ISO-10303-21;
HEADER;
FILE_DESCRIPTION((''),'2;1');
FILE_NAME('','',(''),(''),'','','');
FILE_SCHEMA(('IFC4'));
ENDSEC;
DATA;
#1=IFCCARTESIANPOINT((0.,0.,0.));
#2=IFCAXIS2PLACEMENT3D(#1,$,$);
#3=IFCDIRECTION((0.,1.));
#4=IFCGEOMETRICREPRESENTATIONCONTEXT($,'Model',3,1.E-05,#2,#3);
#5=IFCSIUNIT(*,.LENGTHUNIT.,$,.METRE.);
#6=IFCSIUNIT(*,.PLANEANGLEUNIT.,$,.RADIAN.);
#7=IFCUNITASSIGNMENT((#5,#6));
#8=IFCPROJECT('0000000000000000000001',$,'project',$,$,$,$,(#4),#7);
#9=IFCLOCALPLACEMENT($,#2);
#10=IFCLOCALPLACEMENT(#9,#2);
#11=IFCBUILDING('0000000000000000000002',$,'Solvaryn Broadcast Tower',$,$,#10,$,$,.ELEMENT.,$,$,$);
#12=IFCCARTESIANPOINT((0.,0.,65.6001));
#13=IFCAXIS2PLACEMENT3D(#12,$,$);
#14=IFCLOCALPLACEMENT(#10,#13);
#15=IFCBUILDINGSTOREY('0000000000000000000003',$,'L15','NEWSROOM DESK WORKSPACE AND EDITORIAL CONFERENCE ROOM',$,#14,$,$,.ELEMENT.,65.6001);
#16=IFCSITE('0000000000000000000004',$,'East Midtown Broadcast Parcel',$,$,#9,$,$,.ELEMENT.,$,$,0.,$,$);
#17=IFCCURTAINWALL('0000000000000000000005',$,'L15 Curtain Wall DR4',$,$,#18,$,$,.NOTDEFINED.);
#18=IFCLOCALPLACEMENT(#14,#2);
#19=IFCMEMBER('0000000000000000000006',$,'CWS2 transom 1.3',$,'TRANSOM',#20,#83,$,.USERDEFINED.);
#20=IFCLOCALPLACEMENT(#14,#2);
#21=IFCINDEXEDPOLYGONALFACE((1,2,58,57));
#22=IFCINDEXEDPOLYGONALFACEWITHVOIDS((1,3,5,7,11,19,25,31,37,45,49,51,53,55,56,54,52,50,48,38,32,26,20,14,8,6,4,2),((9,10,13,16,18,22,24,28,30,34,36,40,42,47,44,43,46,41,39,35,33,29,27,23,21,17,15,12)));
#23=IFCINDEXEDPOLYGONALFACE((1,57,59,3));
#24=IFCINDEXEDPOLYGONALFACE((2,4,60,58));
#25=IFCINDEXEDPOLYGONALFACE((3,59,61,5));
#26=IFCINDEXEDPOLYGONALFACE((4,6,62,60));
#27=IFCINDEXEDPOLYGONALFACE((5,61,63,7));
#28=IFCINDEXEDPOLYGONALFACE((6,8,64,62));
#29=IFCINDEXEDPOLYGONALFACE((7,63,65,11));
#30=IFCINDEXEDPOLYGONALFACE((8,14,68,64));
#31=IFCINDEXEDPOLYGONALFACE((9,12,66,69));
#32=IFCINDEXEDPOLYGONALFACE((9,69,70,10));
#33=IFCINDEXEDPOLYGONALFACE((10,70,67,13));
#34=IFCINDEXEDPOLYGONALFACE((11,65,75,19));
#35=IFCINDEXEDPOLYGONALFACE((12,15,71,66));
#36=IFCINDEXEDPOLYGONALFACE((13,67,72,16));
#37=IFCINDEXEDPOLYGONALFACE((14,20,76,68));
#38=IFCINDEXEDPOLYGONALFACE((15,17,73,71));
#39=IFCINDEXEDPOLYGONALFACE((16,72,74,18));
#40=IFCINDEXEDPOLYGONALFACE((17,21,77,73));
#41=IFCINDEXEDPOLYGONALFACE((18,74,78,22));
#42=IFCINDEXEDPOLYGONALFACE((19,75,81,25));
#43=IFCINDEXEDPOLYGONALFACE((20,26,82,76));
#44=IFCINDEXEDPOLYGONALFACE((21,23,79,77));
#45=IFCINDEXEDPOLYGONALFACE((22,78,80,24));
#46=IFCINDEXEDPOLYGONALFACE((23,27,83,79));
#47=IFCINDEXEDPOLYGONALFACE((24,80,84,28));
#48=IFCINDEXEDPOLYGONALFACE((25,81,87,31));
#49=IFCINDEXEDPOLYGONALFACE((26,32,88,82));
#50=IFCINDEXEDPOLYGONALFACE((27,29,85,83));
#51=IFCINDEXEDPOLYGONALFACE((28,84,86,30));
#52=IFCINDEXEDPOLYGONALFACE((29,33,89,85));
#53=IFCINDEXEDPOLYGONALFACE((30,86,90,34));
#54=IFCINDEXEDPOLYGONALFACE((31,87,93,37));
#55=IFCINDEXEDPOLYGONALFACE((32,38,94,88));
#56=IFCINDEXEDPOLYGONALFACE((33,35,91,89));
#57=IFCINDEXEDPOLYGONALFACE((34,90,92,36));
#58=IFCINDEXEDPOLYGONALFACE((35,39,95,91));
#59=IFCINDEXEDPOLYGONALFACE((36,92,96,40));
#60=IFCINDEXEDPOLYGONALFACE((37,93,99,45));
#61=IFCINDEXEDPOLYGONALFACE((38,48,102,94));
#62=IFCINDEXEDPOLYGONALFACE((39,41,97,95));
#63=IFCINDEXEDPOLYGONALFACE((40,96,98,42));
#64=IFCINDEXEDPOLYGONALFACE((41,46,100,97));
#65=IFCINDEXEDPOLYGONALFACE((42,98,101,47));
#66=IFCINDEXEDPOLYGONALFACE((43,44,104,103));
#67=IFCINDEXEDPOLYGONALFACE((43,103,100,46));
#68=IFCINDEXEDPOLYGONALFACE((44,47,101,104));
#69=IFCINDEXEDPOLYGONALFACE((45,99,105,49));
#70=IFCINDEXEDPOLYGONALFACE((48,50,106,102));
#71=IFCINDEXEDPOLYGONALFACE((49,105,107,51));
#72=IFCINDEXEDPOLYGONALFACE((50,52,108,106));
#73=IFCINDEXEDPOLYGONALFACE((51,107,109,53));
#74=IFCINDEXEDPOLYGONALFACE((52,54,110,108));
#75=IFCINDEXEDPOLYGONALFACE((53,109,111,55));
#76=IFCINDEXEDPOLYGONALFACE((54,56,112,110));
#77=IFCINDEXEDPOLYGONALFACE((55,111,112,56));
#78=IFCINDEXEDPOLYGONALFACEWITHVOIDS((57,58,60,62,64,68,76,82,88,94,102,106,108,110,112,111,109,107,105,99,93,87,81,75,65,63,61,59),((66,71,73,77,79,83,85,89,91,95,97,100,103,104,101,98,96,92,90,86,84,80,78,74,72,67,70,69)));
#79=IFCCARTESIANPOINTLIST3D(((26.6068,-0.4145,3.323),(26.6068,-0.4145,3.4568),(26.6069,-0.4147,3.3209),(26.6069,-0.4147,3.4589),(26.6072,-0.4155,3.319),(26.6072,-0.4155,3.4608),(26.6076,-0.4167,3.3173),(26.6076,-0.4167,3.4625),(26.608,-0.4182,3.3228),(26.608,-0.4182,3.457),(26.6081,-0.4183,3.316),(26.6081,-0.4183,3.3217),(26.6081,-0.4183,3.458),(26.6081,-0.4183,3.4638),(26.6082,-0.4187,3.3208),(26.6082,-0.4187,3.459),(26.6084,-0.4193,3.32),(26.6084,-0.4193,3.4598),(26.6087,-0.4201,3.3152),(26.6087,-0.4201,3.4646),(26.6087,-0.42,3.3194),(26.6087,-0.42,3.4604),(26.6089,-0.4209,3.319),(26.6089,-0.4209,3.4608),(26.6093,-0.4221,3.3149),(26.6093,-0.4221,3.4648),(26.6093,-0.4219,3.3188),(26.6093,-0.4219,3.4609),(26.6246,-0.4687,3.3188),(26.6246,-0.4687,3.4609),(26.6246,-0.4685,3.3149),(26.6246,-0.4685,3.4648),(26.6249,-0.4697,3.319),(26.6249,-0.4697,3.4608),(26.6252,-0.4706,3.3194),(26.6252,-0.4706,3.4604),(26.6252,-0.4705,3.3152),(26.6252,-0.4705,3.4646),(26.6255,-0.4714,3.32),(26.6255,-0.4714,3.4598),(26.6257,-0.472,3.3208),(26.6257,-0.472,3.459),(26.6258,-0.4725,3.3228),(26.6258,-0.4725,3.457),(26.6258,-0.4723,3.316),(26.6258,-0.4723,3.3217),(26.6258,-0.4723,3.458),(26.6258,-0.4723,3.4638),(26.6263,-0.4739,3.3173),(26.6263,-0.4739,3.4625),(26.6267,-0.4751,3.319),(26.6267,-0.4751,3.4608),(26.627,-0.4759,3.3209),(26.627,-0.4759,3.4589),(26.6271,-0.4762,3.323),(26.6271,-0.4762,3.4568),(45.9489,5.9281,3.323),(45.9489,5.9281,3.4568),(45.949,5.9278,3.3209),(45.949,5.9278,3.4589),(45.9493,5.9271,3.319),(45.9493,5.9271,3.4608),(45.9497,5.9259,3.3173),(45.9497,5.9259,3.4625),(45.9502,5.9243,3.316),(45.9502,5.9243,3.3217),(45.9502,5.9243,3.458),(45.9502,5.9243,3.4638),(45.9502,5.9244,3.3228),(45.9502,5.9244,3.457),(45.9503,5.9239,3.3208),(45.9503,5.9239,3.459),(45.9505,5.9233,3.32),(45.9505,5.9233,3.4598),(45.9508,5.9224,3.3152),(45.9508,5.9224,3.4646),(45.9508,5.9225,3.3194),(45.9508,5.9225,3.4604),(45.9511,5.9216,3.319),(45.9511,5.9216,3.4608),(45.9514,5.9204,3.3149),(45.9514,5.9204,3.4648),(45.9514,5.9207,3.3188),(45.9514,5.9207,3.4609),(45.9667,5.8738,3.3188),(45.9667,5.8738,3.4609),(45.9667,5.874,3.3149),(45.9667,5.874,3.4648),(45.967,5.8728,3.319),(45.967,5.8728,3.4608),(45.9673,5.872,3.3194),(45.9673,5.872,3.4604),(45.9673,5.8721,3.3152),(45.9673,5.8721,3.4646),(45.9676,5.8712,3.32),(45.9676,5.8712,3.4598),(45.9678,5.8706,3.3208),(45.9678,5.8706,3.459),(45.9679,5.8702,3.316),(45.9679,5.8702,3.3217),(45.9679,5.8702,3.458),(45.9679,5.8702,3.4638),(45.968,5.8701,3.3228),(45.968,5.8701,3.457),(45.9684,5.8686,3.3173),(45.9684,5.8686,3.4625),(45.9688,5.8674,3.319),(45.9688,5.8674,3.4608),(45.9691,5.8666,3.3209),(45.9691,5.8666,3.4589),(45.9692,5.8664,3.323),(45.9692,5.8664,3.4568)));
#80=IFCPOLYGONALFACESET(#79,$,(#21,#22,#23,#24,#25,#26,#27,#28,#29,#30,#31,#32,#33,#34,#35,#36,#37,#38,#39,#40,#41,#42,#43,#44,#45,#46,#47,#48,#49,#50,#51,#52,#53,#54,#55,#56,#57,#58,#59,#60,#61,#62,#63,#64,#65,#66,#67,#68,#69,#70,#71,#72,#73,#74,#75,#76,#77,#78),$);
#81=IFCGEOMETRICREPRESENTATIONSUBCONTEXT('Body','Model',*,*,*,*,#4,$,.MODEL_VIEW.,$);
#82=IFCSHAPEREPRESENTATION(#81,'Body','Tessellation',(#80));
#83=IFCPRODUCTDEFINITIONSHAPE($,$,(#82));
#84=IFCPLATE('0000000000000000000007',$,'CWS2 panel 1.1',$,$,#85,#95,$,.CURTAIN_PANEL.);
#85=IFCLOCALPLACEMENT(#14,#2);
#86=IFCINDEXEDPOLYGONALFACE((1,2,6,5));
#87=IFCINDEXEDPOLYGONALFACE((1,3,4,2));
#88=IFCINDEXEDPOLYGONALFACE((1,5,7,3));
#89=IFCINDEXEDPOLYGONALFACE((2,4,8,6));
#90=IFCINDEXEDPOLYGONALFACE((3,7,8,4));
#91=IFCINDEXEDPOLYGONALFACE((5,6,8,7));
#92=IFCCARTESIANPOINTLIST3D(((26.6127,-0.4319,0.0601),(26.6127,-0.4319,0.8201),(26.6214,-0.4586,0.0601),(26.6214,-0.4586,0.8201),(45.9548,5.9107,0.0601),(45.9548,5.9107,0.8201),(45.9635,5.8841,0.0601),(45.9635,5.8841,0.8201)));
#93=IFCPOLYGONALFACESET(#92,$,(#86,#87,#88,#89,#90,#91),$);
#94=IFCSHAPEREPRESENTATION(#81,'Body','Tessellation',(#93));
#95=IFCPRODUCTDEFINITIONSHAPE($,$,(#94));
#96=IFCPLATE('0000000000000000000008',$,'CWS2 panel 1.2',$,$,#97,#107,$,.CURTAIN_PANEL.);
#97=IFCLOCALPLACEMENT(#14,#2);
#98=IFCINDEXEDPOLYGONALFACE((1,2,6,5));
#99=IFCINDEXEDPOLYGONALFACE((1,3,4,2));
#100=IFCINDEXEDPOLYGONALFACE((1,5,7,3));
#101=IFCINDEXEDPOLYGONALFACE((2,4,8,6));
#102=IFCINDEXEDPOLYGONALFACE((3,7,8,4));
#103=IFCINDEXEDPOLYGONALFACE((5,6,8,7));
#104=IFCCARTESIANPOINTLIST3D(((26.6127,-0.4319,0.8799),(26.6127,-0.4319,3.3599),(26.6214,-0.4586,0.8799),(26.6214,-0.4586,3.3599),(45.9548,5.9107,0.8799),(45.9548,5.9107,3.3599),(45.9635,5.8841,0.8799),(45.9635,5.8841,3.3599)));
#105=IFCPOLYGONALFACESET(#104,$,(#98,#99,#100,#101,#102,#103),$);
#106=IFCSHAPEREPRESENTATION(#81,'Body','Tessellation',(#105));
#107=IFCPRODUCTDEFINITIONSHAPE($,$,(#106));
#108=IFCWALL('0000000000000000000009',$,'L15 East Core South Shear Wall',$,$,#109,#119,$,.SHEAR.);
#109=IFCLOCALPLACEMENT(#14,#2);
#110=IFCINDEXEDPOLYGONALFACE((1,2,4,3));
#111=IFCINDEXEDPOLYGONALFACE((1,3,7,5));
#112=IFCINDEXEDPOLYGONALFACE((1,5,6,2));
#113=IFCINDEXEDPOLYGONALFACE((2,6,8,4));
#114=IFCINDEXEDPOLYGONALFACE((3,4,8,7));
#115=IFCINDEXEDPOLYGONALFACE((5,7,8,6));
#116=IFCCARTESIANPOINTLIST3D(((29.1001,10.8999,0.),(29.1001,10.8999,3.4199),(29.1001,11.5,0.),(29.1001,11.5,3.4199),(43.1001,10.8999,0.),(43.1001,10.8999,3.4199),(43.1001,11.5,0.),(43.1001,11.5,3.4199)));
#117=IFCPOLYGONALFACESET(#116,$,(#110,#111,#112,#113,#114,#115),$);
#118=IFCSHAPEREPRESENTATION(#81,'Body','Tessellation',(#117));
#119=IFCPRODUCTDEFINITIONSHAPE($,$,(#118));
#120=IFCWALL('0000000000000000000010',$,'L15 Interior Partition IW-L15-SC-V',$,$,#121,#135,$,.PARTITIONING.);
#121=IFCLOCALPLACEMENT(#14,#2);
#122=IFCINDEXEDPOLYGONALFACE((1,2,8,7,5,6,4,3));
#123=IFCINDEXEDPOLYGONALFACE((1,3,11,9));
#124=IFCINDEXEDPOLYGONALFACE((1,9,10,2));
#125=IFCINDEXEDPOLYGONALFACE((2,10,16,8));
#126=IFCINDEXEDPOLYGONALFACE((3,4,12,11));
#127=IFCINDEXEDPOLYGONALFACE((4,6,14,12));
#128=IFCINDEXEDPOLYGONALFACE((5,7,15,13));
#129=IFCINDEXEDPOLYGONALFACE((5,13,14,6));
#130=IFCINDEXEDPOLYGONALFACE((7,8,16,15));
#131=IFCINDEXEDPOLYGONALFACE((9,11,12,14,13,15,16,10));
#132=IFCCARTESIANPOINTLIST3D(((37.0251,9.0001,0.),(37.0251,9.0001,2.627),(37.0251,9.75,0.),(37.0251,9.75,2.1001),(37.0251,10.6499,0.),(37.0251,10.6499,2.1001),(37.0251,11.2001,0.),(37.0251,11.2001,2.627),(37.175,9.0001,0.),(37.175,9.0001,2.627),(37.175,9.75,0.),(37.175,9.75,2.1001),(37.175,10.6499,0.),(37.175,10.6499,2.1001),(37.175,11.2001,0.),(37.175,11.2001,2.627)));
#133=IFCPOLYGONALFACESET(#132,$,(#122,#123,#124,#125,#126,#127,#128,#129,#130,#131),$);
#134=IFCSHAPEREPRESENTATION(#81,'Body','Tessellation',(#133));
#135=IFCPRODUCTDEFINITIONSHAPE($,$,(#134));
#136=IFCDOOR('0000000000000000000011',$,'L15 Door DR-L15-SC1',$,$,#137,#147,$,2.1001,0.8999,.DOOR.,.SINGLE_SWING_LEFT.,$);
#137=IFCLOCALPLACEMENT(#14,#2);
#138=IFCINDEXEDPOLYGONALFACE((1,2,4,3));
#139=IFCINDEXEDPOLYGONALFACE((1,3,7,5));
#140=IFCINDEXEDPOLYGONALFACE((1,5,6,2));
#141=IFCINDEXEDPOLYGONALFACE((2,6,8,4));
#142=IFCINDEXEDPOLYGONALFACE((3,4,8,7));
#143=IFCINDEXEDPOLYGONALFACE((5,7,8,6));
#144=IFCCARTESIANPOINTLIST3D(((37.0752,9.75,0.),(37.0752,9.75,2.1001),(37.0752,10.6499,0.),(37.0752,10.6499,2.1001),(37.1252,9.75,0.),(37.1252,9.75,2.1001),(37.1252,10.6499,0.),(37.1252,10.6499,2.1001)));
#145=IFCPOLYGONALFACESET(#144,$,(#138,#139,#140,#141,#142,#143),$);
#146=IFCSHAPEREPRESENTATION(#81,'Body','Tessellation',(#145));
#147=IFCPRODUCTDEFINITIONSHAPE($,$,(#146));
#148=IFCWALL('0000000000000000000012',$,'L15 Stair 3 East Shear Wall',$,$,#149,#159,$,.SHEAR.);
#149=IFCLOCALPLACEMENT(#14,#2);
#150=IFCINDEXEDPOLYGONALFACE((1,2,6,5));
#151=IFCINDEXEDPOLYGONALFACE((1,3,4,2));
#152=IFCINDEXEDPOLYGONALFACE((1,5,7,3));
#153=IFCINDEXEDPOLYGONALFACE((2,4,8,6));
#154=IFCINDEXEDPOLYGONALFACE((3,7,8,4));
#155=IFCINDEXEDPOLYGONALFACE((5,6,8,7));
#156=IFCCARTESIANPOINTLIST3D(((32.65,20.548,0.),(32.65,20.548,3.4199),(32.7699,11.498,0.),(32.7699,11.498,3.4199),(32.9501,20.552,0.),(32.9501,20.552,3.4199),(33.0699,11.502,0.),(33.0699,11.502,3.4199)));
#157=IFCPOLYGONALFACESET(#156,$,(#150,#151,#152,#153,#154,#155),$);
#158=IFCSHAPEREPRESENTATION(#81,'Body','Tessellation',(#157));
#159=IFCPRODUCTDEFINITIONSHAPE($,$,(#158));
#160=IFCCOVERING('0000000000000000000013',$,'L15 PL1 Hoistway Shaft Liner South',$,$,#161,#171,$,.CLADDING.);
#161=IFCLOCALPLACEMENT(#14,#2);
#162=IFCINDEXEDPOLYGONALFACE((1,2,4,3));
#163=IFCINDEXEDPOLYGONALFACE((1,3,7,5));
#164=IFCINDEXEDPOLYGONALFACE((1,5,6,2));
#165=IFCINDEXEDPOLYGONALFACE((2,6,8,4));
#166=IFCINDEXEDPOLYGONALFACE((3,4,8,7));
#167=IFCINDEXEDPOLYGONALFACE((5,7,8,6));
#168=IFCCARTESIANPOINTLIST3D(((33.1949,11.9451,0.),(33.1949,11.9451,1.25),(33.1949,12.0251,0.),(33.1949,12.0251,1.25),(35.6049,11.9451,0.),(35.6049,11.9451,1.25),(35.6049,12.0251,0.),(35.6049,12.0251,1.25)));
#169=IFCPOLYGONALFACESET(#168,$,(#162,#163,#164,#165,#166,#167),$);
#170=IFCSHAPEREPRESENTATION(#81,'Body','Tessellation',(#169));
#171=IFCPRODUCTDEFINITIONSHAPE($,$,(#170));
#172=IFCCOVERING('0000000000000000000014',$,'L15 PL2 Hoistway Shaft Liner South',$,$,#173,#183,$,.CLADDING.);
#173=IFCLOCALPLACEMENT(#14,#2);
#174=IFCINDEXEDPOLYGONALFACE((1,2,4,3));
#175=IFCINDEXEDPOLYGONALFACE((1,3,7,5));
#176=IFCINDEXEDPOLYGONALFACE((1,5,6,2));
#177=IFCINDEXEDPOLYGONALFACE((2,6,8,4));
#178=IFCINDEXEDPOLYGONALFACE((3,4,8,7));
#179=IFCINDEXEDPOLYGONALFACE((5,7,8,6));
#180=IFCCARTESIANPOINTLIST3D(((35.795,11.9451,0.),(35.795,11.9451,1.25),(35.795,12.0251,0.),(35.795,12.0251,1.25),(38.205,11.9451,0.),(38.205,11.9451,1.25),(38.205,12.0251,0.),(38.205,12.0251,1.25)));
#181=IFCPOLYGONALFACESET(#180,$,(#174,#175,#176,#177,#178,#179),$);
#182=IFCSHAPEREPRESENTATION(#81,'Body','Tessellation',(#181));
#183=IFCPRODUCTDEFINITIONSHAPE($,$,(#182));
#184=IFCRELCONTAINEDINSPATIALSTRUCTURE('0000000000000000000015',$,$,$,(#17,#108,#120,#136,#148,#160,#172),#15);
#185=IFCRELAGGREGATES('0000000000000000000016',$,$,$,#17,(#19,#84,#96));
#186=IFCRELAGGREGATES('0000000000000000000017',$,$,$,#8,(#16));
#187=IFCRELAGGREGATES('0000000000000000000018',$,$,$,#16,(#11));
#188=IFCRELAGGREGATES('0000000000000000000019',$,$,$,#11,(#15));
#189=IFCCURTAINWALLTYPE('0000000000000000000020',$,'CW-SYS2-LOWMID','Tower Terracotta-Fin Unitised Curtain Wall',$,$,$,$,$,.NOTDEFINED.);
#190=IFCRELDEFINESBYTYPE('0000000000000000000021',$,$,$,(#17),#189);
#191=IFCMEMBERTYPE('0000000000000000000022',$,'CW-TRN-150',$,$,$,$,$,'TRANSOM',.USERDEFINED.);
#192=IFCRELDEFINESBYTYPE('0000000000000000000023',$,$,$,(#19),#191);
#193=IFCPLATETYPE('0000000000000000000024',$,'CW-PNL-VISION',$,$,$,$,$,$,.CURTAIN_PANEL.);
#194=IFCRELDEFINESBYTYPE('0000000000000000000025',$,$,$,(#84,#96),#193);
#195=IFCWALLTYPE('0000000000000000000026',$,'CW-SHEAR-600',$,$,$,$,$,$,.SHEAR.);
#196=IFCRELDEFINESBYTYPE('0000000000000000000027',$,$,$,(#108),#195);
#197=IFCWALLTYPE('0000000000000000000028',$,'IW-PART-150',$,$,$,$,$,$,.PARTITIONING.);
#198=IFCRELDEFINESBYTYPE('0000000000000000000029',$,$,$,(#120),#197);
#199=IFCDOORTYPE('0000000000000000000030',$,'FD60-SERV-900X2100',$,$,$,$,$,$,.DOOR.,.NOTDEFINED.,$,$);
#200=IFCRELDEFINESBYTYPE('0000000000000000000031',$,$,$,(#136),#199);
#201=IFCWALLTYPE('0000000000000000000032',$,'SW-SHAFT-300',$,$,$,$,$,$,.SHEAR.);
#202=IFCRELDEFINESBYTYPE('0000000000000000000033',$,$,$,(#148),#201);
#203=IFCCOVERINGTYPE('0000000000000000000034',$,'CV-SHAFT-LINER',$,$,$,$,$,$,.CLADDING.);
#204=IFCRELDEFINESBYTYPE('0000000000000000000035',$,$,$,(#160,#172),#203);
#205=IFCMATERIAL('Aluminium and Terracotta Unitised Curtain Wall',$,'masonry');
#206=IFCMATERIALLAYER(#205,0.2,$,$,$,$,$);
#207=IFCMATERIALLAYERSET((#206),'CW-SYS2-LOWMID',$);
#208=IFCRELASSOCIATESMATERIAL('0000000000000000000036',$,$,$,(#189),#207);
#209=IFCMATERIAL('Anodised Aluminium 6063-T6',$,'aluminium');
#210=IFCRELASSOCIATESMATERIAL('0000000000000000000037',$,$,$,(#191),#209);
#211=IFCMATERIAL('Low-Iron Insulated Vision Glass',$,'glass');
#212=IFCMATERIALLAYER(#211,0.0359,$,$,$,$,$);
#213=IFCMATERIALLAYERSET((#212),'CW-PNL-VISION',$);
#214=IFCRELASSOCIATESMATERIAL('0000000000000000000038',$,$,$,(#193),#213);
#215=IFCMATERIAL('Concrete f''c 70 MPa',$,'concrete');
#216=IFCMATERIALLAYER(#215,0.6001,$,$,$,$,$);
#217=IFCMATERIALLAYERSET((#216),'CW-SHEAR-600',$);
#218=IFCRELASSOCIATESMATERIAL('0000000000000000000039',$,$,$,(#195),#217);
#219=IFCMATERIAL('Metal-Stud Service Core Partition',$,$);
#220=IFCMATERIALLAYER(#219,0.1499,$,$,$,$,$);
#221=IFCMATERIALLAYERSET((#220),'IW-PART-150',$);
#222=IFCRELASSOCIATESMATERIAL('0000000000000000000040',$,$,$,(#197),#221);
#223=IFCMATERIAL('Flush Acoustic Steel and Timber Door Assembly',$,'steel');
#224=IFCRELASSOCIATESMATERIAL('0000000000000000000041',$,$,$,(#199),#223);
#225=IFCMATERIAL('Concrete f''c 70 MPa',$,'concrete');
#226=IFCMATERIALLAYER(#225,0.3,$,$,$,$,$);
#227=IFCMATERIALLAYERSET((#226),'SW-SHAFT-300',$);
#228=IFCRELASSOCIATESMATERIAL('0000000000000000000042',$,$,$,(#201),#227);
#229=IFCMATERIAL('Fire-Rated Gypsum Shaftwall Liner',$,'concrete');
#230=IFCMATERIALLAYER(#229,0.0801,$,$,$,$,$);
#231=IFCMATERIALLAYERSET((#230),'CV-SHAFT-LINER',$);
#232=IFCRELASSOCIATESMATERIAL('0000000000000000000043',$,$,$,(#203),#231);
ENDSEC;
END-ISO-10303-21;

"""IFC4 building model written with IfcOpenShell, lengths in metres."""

from ifc_helpers import new_model, si_unit, direction, frame, frame_2d, origin, origin_2d, place, context, subcontext, project, spatial, rectangle, hollow_rectangle, extrude, material, layer, layer_set, material_profile, profile_set, type_object, element, fill, aggregate, save


model = new_model("IFC4")

# Units and contexts
model_context = context("Model", 3, precision=1e-05, world=origin(), true_north=direction((0.0, 1.0)))
body_context = subcontext(model_context, "Body", "Model", "MODEL_VIEW")
ifc_project = project(units=[si_unit("LENGTHUNIT", "METRE"), si_unit("PLANEANGLEUNIT", "RADIAN")], contexts=[model_context])

# Site, building, storey
site_placement = place(None, origin())
site = spatial("IfcSite", under=ifc_project, at=site_placement, Name="East Midtown Broadcast Parcel", CompositionType="ELEMENT", RefElevation=0.0)
building_placement = place(site_placement, origin())
building = spatial("IfcBuilding", under=site, at=building_placement, Name="Solvaryn Broadcast Tower", CompositionType="ELEMENT")
storey_placement = place(building_placement, frame((0.0, 0.0, 65.6001)))
storey = spatial("IfcBuildingStorey", under=building, at=storey_placement, Name="L15", Description="NEWSROOM DESK WORKSPACE AND EDITORIAL CONFERENCE ROOM", CompositionType="ELEMENT", Elevation=65.6001)

# Shared definitions
ifc_material_1 = material(Name="Aluminium and Terracotta Unitised Curtain Wall", Category="masonry")
ifc_layer_1 = layer(ifc_material_1, 0.2)
ifc_layer_set_1 = layer_set([ifc_layer_1], Name="CW-SYS2-LOWMID")
curtain_wall_type = type_object("IfcCurtainWallType", Name="CW-SYS2-LOWMID", Description="Tower Terracotta-Fin Unitised Curtain Wall", PredefinedType="NOTDEFINED", material=ifc_layer_set_1)

# Curtain wall, member, plates
curtain_wall_1_placement = place(storey_placement, origin())
curtain_wall_1 = element("IfcCurtainWall", 1, at=curtain_wall_1_placement, inside=storey, type_object=curtain_wall_type, Name="L15 Curtain Wall DR4", PredefinedType="NOTDEFINED")
ifc_material_2 = material(Name="Anodised Aluminium 6063-T6", Category="aluminium")
ifc_material_profile_1 = material_profile(ifc_material_2, hollow_rectangle(XDim=0.0649, YDim=0.1499, WallThickness=0.0039, InnerFilletRadius=0.0039, OuterFilletRadius=0.0081, at=origin_2d()))
ifc_profile_set_1 = profile_set([ifc_material_profile_1], Name="Anodised Aluminium 6063-T6")
member_type_1 = type_object("IfcMemberType", Name="CW-TRN-150", ElementType="TRANSOM", PredefinedType="USERDEFINED", material=ifc_profile_set_1)
member_1_placement = place(storey_placement, frame((26.6169, -0.4453, 3.3899), z_axis=(0.950217, 0.31159, 0.0), x_axis=(-0.31159, 0.950217, 0.0)))
member_1 = element("IfcMember", 2, at=member_1_placement, type_object=member_type_1, Name="CWS2 transom 1.3", ObjectType="TRANSOM", PredefinedType="USERDEFINED", context=body_context, shape_type="SweptSolid", body=[
    extrude(hollow_rectangle(XDim=0.0649, YDim=0.1499, WallThickness=0.0039, InnerFilletRadius=0.0039, OuterFilletRadius=0.0081, at=origin_2d()), origin(), (0.0, 0.0, 1.0), 20.3555),
])
ifc_material_3 = material(Name="Low-Iron Insulated Vision Glass", Category="glass")
ifc_layer_2 = layer(ifc_material_3, 0.0359)
ifc_layer_set_2 = layer_set([ifc_layer_2], Name="CW-PNL-VISION")
plate_type = type_object("IfcPlateType", Name="CW-PNL-VISION", PredefinedType="CURTAIN_PANEL", material=ifc_layer_set_2)
plate_1_placement = place(storey_placement, frame((36.2881, 2.7261, 0.0601), z_axis=(0.0, 0.0, 1.0), x_axis=(0.950215, 0.311594, 0.0)))
plate_1 = element("IfcPlate", 3, at=plate_1_placement, type_object=plate_type, Name="CWS2 panel 1.1", PredefinedType="CURTAIN_PANEL", context=body_context, shape_type="SweptSolid", body=[
    extrude(rectangle(XDim=20.3555, YDim=0.0281, at=origin_2d()), origin(), (0.0, 0.0, 1.0), 0.76),
])
plate_2_placement = place(storey_placement, frame((36.2881, 2.7261, 0.8799), z_axis=(0.0, 0.0, 1.0), x_axis=(0.950215, 0.311594, 0.0)))
plate_2 = element("IfcPlate", 4, at=plate_2_placement, type_object=plate_type, Name="CWS2 panel 1.2", PredefinedType="CURTAIN_PANEL", context=body_context, shape_type="SweptSolid", body=[
    extrude(rectangle(XDim=20.3555, YDim=0.0281, at=origin_2d()), origin(), (0.0, 0.0, 1.0), 2.48),
])
aggregate(curtain_wall_1, [member_1, plate_1, plate_2])

# Wall
ifc_material_4 = material(Name="Concrete f'c 70 MPa", Category="concrete")
ifc_layer_3 = layer(ifc_material_4, 0.6001)
ifc_layer_set_3 = layer_set([ifc_layer_3], Name="CW-SHEAR-600")
wall_type_1 = type_object("IfcWallType", Name="CW-SHEAR-600", PredefinedType="SHEAR", material=ifc_layer_set_3)
wall_1_placement = place(storey_placement, frame((29.1001, 11.2, 0.0), z_axis=(0.0, 0.0, 1.0), x_axis=(1.0, 0.0, 0.0)))
element("IfcWall", 5, at=wall_1_placement, inside=storey, type_object=wall_type_1, Name="L15 East Core South Shear Wall", PredefinedType="SHEAR", context=body_context, shape_type="SweptSolid", body=[
    extrude(rectangle(XDim=14.0, YDim=0.6001, at=frame_2d((7.0, 0.0))), origin(), (0.0, 0.0, 1.0), 3.4199),
])

# Wall, opening, door
ifc_material_5 = material(Name="Metal-Stud Service Core Partition")
ifc_layer_4 = layer(ifc_material_5, 0.1499)
ifc_layer_set_4 = layer_set([ifc_layer_4], Name="IW-PART-150")
wall_type_2 = type_object("IfcWallType", Name="IW-PART-150", PredefinedType="PARTITIONING", material=ifc_layer_set_4)
wall_2_placement = place(storey_placement, frame((37.1001, 9.0, 0.0), z_axis=(0.0, 0.0, 1.0), x_axis=(0.0, 1.0, 0.0)))
wall_2 = element("IfcWall", 6, at=wall_2_placement, inside=storey, type_object=wall_type_2, Name="L15 Interior Partition IW-L15-SC-V", PredefinedType="PARTITIONING", context=body_context, shape_type="SweptSolid", body=[
    extrude(rectangle(XDim=2.2, YDim=0.1499, at=frame_2d((1.1001, 0.0))), origin(), (0.0, 0.0, 1.0), 2.627),
])
opening_placement = place(wall_2_placement, frame((0.75, 0.0, 0.0)))
opening = element("IfcOpeningElement", 7, at=opening_placement, cuts=wall_2, PredefinedType="OPENING", context=body_context, shape_type="SweptSolid", body=[
    extrude(rectangle(XDim=0.8999, YDim=2.1001, at=frame_2d((0.45, 1.05))), frame((0.0, 0.085, 0.0), z_axis=(0.0, -1.0, 0.0), x_axis=(1.0, 0.0, 0.0)), (0.0, 0.0, 1.0), 0.1699),
])
ifc_material_6 = material(Name="Flush Acoustic Steel and Timber Door Assembly", Category="steel")
door_type = type_object("IfcDoorType", Name="FD60-SERV-900X2100", OperationType="NOTDEFINED", PredefinedType="DOOR", material=ifc_material_6)
door_placement = place(opening_placement, origin())
door = element("IfcDoor", 8, at=door_placement, inside=storey, type_object=door_type, Name="L15 Door DR-L15-SC1", OperationType="SINGLE_SWING_LEFT", OverallHeight=2.1001, OverallWidth=0.8999, PredefinedType="DOOR", context=body_context, shape_type="SweptSolid", body=[
    extrude(rectangle(XDim=0.8999, YDim=2.1001, at=frame_2d((0.45, 1.05))), frame((0.0, 0.0249, 0.0), z_axis=(0.0, -1.0, 0.0), x_axis=(1.0, 0.0, 0.0)), (0.0, 0.0, 1.0), 0.05),
])
fill(opening, door)

# Wall
ifc_material_7 = material(Name="Concrete f'c 70 MPa", Category="concrete")
ifc_layer_5 = layer(ifc_material_7, 0.3)
ifc_layer_set_5 = layer_set([ifc_layer_5], Name="SW-SHAFT-300")
wall_type_3 = type_object("IfcWallType", Name="SW-SHAFT-300", PredefinedType="SHEAR", material=ifc_layer_set_5)
wall_3_placement = place(storey_placement, frame((32.9199, 11.5, 0.0), z_axis=(0.0, 0.0, 1.0), x_axis=(-0.013244, 0.999912, 0.0)))
element("IfcWall", 9, at=wall_3_placement, inside=storey, type_object=wall_type_3, Name="L15 Stair 3 East Shear Wall", PredefinedType="SHEAR", context=body_context, shape_type="SweptSolid", body=[
    extrude(rectangle(XDim=9.0508, YDim=0.3, at=frame_2d((4.5254, 0.0))), origin(), (0.0, 0.0, 1.0), 3.4199),
])

# Coverings
ifc_material_8 = material(Name="Fire-Rated Gypsum Shaftwall Liner", Category="concrete")
ifc_layer_6 = layer(ifc_material_8, 0.0801)
ifc_layer_set_6 = layer_set([ifc_layer_6], Name="CV-SHAFT-LINER")
covering_type_1 = type_object("IfcCoveringType", Name="CV-SHAFT-LINER", PredefinedType="CLADDING", material=ifc_layer_set_6)
for number, where, z_axis, x_axis, name in (
    (10, (34.3999, 11.9851, 0.0), (0.0, 0.0, 1.0), (1.0, 0.0, 0.0), "L15 PL1 Hoistway Shaft Liner South"),
    (11, (37.0, 11.9851, 0.0), (0.0, 0.0, 1.0), (1.0, 0.0, 0.0), "L15 PL2 Hoistway Shaft Liner South"),
):
    element("IfcCovering", number, at=place(storey_placement, frame(where, z_axis=z_axis, x_axis=x_axis)), inside=storey, type_object=covering_type_1, Name=name, PredefinedType="CLADDING", context=body_context, shape_type="SweptSolid", body=[
        extrude(rectangle(XDim=2.4099, YDim=0.0801, at=origin_2d()), origin(), (0.0, 0.0, 1.0), 1.25),
    ])

save(model, "model.ifc")
